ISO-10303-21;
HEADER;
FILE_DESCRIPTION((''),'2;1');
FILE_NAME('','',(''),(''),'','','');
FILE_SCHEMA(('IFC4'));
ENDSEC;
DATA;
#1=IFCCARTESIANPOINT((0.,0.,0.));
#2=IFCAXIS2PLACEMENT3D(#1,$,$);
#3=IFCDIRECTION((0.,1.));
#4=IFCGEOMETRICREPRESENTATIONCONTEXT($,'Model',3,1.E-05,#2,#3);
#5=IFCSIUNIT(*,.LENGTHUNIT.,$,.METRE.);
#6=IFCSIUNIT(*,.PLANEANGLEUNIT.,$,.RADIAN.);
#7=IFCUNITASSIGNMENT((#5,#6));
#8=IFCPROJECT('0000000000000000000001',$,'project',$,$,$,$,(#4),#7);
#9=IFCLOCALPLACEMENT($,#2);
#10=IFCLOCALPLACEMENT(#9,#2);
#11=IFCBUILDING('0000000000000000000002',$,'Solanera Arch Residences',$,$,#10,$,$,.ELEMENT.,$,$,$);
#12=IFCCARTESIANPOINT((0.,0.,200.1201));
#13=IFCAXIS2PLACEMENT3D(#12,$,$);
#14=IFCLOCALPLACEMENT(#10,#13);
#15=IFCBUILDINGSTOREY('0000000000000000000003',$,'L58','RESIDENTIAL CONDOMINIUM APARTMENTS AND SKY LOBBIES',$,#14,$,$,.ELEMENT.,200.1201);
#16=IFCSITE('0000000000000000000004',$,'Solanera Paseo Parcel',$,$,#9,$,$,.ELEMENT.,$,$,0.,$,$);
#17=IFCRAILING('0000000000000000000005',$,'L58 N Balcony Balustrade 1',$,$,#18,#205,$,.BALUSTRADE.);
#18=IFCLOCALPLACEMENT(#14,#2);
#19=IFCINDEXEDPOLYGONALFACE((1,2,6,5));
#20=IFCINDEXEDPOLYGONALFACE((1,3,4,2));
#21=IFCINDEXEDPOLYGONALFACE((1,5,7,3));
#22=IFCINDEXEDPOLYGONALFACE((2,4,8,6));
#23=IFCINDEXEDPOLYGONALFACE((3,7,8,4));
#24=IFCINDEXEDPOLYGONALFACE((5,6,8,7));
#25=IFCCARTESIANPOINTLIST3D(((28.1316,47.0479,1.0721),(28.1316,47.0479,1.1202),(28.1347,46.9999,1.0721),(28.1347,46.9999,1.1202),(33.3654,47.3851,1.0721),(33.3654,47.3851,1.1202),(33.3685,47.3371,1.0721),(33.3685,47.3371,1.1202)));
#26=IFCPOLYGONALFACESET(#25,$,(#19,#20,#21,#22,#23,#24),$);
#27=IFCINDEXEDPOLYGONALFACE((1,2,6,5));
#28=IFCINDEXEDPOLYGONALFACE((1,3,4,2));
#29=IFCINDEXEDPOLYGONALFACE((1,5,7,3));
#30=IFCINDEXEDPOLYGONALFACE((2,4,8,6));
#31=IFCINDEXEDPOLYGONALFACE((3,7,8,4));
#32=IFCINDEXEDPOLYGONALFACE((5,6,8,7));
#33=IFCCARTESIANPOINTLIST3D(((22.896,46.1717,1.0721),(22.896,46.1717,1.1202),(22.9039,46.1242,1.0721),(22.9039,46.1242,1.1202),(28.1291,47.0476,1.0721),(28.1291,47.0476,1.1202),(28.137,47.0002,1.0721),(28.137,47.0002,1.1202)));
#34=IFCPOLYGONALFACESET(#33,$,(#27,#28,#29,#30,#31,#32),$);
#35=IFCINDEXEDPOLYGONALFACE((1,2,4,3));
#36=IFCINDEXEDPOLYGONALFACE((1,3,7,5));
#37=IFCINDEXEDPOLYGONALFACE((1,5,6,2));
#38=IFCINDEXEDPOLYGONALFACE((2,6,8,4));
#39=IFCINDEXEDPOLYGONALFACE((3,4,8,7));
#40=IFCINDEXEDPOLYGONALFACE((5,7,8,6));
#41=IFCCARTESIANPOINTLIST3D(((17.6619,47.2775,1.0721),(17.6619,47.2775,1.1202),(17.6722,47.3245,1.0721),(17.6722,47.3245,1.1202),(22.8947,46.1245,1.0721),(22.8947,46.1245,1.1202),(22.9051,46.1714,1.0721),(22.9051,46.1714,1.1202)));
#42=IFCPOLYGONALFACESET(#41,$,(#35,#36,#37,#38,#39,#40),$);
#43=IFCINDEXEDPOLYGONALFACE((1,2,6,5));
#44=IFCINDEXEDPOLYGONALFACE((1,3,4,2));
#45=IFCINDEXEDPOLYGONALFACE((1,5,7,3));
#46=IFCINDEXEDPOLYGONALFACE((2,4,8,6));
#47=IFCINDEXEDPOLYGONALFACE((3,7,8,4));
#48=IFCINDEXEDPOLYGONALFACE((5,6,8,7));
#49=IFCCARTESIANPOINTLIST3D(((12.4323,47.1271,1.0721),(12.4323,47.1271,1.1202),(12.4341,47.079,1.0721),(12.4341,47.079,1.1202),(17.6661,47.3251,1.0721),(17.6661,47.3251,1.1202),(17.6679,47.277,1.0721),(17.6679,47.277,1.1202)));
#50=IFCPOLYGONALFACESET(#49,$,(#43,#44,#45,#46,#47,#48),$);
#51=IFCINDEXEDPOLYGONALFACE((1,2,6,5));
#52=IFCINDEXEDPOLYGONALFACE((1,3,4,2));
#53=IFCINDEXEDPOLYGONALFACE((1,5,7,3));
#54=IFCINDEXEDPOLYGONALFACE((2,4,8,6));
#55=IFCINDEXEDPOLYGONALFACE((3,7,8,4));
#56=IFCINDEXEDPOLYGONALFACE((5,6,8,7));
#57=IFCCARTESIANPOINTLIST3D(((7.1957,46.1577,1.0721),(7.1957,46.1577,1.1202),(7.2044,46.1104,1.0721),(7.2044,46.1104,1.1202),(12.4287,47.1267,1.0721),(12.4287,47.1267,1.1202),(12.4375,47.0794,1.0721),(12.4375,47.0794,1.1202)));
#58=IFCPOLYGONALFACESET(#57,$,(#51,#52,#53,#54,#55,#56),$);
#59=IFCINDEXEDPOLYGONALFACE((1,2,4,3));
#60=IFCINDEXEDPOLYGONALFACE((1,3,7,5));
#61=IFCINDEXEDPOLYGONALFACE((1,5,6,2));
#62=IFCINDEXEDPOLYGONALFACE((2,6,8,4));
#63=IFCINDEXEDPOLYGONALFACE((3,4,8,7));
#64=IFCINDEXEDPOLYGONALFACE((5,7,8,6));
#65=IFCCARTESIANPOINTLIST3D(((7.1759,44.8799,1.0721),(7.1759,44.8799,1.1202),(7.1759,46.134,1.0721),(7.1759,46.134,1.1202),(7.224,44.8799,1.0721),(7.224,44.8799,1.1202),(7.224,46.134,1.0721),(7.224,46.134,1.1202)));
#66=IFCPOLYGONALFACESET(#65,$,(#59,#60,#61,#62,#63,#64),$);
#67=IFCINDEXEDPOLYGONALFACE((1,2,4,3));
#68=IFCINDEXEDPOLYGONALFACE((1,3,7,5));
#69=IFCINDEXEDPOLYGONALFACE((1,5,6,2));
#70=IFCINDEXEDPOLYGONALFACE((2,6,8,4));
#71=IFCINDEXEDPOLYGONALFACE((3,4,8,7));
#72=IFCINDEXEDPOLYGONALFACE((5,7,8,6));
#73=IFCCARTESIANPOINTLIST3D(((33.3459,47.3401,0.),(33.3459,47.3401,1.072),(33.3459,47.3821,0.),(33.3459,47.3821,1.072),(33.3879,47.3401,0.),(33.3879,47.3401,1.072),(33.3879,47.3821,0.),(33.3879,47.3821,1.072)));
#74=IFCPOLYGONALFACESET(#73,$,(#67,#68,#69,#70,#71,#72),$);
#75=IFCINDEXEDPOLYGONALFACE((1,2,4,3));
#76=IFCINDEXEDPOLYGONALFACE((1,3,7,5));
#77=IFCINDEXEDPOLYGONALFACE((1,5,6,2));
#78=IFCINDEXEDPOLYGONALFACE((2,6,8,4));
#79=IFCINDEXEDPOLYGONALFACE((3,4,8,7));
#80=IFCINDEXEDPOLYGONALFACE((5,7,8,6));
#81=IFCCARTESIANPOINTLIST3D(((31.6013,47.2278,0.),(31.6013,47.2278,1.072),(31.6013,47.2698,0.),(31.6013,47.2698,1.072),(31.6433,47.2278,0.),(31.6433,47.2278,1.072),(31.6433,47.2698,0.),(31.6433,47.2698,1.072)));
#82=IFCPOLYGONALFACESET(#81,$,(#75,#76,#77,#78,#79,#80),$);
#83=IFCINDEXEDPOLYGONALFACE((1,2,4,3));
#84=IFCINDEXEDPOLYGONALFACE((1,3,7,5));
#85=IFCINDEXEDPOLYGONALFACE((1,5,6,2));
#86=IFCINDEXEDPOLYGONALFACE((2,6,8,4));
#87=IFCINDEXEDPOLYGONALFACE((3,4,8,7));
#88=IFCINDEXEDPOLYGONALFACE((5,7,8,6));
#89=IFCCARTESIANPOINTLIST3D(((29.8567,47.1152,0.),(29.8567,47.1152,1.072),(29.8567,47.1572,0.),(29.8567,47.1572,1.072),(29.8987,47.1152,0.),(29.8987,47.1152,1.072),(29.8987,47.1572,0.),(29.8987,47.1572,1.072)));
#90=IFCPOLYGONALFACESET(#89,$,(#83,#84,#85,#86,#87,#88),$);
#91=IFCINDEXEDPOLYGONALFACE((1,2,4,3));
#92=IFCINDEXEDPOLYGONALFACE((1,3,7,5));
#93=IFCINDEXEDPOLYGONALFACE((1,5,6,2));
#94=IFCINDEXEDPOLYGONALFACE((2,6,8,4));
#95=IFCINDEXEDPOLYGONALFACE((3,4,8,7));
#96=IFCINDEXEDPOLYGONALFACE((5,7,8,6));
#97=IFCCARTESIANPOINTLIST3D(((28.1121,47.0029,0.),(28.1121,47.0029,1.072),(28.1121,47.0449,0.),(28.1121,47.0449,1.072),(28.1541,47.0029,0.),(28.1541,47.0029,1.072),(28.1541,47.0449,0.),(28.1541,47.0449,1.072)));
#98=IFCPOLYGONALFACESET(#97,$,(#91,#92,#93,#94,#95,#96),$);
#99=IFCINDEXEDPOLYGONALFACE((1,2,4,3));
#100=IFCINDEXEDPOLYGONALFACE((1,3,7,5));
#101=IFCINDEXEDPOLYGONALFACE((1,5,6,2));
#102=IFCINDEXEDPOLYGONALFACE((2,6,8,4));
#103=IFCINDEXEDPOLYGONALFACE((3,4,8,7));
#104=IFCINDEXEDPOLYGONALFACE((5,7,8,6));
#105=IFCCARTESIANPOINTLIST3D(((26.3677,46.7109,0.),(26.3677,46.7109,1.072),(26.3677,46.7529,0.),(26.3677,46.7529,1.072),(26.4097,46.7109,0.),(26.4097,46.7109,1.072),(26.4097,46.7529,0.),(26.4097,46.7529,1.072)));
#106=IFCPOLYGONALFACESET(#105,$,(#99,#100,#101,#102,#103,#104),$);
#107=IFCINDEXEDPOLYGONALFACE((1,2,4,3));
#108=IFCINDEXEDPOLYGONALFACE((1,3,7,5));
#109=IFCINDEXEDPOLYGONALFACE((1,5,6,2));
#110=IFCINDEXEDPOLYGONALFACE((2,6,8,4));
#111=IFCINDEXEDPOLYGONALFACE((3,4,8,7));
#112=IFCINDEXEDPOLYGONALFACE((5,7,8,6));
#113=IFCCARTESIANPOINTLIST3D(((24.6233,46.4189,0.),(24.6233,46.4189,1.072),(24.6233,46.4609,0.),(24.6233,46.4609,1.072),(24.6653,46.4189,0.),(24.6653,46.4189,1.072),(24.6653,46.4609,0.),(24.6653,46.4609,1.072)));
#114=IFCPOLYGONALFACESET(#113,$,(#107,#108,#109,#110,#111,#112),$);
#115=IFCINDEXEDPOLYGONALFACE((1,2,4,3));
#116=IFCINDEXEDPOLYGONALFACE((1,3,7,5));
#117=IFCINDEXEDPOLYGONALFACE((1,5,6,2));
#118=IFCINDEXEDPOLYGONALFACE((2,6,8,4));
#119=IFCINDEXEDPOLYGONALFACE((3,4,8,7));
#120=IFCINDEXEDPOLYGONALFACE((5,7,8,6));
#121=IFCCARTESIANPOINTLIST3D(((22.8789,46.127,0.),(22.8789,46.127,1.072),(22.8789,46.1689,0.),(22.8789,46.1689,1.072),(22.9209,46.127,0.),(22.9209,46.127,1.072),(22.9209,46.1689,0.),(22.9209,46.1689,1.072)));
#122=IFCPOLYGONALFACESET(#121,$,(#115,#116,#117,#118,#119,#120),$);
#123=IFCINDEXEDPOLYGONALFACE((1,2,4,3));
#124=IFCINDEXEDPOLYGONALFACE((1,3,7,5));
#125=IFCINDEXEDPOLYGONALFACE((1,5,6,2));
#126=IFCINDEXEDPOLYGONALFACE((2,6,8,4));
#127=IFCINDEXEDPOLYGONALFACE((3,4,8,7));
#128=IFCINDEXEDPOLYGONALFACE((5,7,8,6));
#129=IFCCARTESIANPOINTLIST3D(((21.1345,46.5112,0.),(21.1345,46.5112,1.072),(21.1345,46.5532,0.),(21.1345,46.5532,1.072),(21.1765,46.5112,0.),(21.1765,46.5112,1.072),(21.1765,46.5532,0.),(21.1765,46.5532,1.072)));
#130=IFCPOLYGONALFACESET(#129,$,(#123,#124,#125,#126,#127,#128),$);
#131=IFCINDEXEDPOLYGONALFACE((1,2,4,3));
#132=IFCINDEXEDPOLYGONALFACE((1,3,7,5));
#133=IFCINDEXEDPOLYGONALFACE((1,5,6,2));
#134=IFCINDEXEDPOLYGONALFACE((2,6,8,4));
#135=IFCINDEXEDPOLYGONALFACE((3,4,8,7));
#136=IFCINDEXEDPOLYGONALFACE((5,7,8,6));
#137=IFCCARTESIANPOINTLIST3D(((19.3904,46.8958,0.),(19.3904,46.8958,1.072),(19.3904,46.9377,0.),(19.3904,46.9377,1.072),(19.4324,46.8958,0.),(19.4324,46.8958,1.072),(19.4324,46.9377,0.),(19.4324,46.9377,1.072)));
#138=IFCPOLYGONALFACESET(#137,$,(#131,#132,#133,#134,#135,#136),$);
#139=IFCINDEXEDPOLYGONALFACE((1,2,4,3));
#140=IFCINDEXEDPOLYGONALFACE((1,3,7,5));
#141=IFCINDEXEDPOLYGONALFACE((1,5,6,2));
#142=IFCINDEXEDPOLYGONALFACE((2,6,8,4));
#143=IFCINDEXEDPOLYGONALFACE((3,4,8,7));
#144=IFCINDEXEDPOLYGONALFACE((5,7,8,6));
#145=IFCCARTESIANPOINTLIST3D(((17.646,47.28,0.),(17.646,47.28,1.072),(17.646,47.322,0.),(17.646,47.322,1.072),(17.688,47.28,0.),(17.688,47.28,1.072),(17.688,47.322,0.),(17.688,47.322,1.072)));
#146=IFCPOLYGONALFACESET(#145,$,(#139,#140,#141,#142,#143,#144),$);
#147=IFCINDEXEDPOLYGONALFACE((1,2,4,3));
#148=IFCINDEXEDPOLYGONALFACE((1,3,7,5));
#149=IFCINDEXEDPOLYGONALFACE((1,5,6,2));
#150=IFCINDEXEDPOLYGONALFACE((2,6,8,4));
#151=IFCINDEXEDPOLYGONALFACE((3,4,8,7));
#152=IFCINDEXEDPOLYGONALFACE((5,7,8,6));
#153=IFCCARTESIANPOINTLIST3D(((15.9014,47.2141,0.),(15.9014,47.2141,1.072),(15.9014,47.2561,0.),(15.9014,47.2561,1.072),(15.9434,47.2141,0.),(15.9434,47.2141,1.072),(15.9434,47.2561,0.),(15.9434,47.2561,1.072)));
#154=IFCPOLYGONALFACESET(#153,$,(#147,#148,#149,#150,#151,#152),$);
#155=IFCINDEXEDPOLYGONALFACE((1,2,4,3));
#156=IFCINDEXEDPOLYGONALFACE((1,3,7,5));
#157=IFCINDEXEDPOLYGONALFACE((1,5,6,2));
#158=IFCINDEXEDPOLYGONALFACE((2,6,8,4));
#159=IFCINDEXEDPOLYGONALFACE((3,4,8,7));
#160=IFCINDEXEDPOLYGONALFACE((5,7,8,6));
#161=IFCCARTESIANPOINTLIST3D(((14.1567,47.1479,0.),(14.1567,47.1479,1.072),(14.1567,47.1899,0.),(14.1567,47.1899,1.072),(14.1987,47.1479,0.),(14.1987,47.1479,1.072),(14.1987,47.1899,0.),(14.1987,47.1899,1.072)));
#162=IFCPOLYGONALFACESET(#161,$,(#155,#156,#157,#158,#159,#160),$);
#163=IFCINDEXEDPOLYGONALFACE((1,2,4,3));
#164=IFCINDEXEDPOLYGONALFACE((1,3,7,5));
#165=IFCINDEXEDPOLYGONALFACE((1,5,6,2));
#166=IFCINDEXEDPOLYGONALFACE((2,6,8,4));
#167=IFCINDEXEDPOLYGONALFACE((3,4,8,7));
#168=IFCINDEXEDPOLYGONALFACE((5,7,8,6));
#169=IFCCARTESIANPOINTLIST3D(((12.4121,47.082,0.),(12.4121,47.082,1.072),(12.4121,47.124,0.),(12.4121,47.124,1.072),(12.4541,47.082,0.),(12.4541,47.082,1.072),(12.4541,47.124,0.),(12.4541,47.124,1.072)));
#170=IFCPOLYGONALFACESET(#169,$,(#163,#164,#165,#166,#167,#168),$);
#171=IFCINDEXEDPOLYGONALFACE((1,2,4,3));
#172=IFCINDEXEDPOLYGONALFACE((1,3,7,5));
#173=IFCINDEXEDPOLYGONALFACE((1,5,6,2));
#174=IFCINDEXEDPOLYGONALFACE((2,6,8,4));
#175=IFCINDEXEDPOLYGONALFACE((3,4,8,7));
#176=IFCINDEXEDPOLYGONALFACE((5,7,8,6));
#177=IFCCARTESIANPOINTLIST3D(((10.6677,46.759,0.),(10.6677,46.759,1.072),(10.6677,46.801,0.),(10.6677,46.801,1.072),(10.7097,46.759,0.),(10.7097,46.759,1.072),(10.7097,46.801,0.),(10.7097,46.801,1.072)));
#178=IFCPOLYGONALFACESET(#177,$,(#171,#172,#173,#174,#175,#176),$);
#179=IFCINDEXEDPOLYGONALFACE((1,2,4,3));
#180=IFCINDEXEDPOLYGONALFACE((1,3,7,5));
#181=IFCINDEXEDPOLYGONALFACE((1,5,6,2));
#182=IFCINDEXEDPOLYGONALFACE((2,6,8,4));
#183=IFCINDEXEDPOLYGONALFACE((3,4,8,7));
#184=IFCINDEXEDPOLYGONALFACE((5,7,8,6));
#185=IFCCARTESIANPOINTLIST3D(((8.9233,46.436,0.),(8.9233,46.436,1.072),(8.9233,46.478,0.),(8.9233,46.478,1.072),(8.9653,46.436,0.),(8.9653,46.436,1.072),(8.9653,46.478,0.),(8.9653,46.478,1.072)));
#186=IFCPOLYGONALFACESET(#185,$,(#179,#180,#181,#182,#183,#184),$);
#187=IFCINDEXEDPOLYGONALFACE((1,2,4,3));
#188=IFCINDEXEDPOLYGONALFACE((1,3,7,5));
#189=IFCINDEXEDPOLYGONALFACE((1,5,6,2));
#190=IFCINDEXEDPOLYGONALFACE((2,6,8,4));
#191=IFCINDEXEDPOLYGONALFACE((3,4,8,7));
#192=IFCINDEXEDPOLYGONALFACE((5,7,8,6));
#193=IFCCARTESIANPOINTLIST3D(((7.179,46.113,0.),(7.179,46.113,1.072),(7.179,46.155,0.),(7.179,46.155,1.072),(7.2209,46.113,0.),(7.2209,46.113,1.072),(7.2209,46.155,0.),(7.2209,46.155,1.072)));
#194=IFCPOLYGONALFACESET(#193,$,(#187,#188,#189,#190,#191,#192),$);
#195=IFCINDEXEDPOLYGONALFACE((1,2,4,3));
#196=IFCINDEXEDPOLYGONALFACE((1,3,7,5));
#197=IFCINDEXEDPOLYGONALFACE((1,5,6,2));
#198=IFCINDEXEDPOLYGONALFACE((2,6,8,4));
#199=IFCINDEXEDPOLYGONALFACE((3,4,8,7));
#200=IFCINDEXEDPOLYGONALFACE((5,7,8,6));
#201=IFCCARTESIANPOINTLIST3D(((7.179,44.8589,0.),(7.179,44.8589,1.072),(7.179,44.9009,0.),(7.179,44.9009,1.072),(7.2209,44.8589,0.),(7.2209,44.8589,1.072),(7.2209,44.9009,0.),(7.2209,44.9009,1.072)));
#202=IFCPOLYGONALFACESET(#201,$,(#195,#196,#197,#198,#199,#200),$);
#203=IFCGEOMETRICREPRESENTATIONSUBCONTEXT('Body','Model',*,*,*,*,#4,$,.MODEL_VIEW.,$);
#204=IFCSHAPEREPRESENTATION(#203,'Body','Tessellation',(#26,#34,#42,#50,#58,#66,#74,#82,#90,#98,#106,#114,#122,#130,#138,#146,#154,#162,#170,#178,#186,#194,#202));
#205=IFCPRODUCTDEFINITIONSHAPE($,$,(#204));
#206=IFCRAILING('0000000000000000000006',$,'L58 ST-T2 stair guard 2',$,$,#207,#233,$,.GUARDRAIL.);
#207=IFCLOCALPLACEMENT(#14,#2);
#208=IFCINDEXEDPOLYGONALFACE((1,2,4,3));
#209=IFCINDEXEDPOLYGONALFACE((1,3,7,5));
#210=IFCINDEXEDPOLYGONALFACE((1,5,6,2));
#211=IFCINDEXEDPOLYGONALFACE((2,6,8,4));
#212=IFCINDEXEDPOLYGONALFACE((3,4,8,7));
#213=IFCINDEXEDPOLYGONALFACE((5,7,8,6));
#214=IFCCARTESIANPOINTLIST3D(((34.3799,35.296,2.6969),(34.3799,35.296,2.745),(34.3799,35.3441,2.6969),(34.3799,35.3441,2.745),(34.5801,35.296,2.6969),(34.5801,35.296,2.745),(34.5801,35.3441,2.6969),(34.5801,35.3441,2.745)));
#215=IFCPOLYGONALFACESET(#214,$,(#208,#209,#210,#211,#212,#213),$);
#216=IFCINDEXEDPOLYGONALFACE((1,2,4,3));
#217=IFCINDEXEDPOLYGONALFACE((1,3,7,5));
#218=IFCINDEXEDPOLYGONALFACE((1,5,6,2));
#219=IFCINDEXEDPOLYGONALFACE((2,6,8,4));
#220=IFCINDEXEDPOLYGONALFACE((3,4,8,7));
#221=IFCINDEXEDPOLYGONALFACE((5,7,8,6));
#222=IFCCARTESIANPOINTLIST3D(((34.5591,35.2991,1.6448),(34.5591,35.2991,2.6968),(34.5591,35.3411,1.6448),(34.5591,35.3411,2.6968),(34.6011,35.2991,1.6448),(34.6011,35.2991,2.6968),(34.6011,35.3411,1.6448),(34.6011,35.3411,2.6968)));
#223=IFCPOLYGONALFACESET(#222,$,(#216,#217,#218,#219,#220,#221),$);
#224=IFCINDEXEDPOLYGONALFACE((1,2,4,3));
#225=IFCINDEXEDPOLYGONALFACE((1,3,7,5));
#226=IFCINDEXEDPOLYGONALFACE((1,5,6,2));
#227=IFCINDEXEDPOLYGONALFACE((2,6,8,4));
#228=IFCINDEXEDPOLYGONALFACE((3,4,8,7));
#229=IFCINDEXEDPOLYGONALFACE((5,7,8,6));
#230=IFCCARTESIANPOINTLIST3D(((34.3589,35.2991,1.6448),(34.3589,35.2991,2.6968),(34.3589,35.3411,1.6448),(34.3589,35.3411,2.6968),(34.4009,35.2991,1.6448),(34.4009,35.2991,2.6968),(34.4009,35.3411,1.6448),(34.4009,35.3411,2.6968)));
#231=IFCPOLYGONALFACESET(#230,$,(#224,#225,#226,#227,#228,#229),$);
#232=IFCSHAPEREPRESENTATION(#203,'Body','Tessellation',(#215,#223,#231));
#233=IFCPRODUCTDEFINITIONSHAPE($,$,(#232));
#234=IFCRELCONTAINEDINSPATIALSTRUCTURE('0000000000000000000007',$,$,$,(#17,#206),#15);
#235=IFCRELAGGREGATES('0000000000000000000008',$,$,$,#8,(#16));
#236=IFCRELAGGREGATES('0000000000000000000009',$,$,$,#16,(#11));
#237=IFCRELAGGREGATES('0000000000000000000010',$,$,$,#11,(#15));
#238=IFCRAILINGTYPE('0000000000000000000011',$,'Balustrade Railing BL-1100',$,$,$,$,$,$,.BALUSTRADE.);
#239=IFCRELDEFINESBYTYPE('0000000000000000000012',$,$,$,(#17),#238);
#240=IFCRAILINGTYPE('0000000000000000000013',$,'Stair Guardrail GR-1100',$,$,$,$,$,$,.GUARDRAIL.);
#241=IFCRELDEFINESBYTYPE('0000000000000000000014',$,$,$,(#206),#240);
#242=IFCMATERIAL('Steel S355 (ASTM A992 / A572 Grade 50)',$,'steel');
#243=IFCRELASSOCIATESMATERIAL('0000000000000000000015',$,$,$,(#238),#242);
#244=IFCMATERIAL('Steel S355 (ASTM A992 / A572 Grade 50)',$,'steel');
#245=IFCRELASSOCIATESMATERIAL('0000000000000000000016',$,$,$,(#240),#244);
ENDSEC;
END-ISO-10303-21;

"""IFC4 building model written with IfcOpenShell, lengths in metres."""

from ifc_helpers import new_model, si_unit, direction, frame, origin, origin_2d, place, context, subcontext, project, spatial, rectangle, extrude, material, type_object, element, save


model = new_model("IFC4")

# Units and contexts
model_context = context("Model", 3, precision=1e-05, world=origin(), true_north=direction((0.0, 1.0)))
body_context = subcontext(model_context, "Body", "Model", "MODEL_VIEW")
ifc_project = project(units=[si_unit("LENGTHUNIT", "METRE"), si_unit("PLANEANGLEUNIT", "RADIAN")], contexts=[model_context])

# Site, building, storey
site_placement = place(None, origin())
site = spatial("IfcSite", under=ifc_project, at=site_placement, Name="Solanera Paseo Parcel", CompositionType="ELEMENT", RefElevation=0.0)
building_placement = place(site_placement, origin())
building = spatial("IfcBuilding", under=site, at=building_placement, Name="Solanera Arch Residences", CompositionType="ELEMENT")
storey_placement = place(building_placement, frame((0.0, 0.0, 200.1201)))
storey = spatial("IfcBuildingStorey", under=building, at=storey_placement, Name="L58", Description="RESIDENTIAL CONDOMINIUM APARTMENTS AND SKY LOBBIES", CompositionType="ELEMENT", Elevation=200.1201)

# Railings
ifc_material_1 = material(Name="Steel S355 (ASTM A992 / A572 Grade 50)", Category="steel")
railing_type_1 = type_object("IfcRailingType", Name="Balustrade Railing BL-1100", PredefinedType="BALUSTRADE", material=ifc_material_1)
railing_1_placement = place(storey_placement, frame((33.3669, 47.3611, 0.0)))
element("IfcRailing", 1, at=railing_1_placement, inside=storey, type_object=railing_type_1, Name="L58 N Balcony Balustrade 1", PredefinedType="BALUSTRADE", context=body_context, shape_type="SweptSolid", body=[
    extrude(rectangle(XDim=0.0481, YDim=0.0481, at=origin_2d()), frame((0.0, 0.0, 1.0962), z_axis=(-0.997932, -0.064285, 0.0), x_axis=(0.064285, -0.997932, 0.0)), (0.0, 0.0, 1.0), 5.2446),
    extrude(rectangle(XDim=0.0481, YDim=0.0481, at=origin_2d()), frame((-5.2339, -0.3372, 1.0962), z_axis=(-0.986278, -0.165093, 0.0), x_axis=(0.165093, -0.986278, 0.0)), (0.0, 0.0, 1.0), 5.3059),
    extrude(rectangle(XDim=0.0481, YDim=0.0481, at=origin_2d()), frame((-10.467, -1.2131, 1.0962), z_axis=(-0.976573, 0.215189, 0.0), x_axis=(-0.215189, -0.976573, 0.0)), (0.0, 0.0, 1.0), 5.3584),
    extrude(rectangle(XDim=0.0481, YDim=0.0481, at=origin_2d()), frame((-15.7, -0.0601, 1.0962), z_axis=(-0.999285, -0.037803, 0.0), x_axis=(0.037803, -0.999285, 0.0)), (0.0, 0.0, 1.0), 5.2375),
    extrude(rectangle(XDim=0.0481, YDim=0.0481, at=origin_2d()), frame((-20.9338, -0.2581, 1.0962), z_axis=(-0.983286, -0.18207, 0.0), x_axis=(0.18207, -0.983286, 0.0)), (0.0, 0.0, 1.0), 5.322),
    extrude(rectangle(XDim=0.0481, YDim=0.0481, at=origin_2d()), frame((-26.167, -1.2271, 1.0962), z_axis=(0.0, -1.0, 0.0), x_axis=(1.0, 0.0, 0.0)), (0.0, 0.0, 1.0), 1.2542),
    extrude(rectangle(XDim=0.042, YDim=0.042, at=origin_2d()), origin(), (0.0, 0.0, 1.0), 1.072),
    extrude(rectangle(XDim=0.042, YDim=0.042, at=origin_2d()), frame((-1.7446, -0.1123, 0.0)), (0.0, 0.0, 1.0), 1.072),
    extrude(rectangle(XDim=0.042, YDim=0.042, at=origin_2d()), frame((-3.4893, -0.2249, 0.0)), (0.0, 0.0, 1.0), 1.072),
    extrude(rectangle(XDim=0.042, YDim=0.042, at=origin_2d()), frame((-5.2339, -0.3372, 0.0)), (0.0, 0.0, 1.0), 1.072),
    extrude(rectangle(XDim=0.042, YDim=0.042, at=origin_2d()), frame((-6.9783, -0.6292, 0.0)), (0.0, 0.0, 1.0), 1.072),
    extrude(rectangle(XDim=0.042, YDim=0.042, at=origin_2d()), frame((-8.7227, -0.9211, 0.0)), (0.0, 0.0, 1.0), 1.072),
    extrude(rectangle(XDim=0.042, YDim=0.042, at=origin_2d()), frame((-10.467, -1.2131, 0.0)), (0.0, 0.0, 1.0), 1.072),
    extrude(rectangle(XDim=0.042, YDim=0.042, at=origin_2d()), frame((-12.2114, -0.8289, 0.0)), (0.0, 0.0, 1.0), 1.072),
    extrude(rectangle(XDim=0.042, YDim=0.042, at=origin_2d()), frame((-13.9556, -0.4443, 0.0)), (0.0, 0.0, 1.0), 1.072),
    extrude(rectangle(XDim=0.042, YDim=0.042, at=origin_2d()), frame((-15.7, -0.0601, 0.0)), (0.0, 0.0, 1.0), 1.072),
    extrude(rectangle(XDim=0.042, YDim=0.042, at=origin_2d()), frame((-17.4446, -0.126, 0.0)), (0.0, 0.0, 1.0), 1.072),
    extrude(rectangle(XDim=0.042, YDim=0.042, at=origin_2d()), frame((-19.1892, -0.1921, 0.0)), (0.0, 0.0, 1.0), 1.072),
    extrude(rectangle(XDim=0.042, YDim=0.042, at=origin_2d()), frame((-20.9338, -0.2581, 0.0)), (0.0, 0.0, 1.0), 1.072),
    extrude(rectangle(XDim=0.042, YDim=0.042, at=origin_2d()), frame((-22.6782, -0.5811, 0.0)), (0.0, 0.0, 1.0), 1.072),
    extrude(rectangle(XDim=0.042, YDim=0.042, at=origin_2d()), frame((-24.4226, -0.9041, 0.0)), (0.0, 0.0, 1.0), 1.072),
    extrude(rectangle(XDim=0.042, YDim=0.042, at=origin_2d()), frame((-26.167, -1.2271, 0.0)), (0.0, 0.0, 1.0), 1.072),
    extrude(rectangle(XDim=0.042, YDim=0.042, at=origin_2d()), frame((-26.167, -2.4812, 0.0)), (0.0, 0.0, 1.0), 1.072),
])
ifc_material_2 = material(Name="Steel S355 (ASTM A992 / A572 Grade 50)", Category="steel")
railing_type_2 = type_object("IfcRailingType", Name="Stair Guardrail GR-1100", PredefinedType="GUARDRAIL", material=ifc_material_2)
railing_2_placement = place(storey_placement, frame((34.5801, 35.3201, 1.6448)))
element("IfcRailing", 2, at=railing_2_placement, inside=storey, type_object=railing_type_2, Name="L58 ST-T2 stair guard 2", PredefinedType="GUARDRAIL", context=body_context, shape_type="SweptSolid", body=[
    extrude(rectangle(XDim=0.0481, YDim=0.0481, at=origin_2d()), frame((0.0, 0.0, 1.0762), z_axis=(-1.0, 0.0, 0.0), x_axis=(0.0, -1.0, 0.0)), (0.0, 0.0, 1.0), 0.2002),
    extrude(rectangle(XDim=0.042, YDim=0.042, at=origin_2d()), origin(), (0.0, 0.0, 1.0), 1.052),
    extrude(rectangle(XDim=0.042, YDim=0.042, at=origin_2d()), frame((-0.2002, 0.0, 0.0)), (0.0, 0.0, 1.0), 1.052),
])

save(model, "model.ifc")
